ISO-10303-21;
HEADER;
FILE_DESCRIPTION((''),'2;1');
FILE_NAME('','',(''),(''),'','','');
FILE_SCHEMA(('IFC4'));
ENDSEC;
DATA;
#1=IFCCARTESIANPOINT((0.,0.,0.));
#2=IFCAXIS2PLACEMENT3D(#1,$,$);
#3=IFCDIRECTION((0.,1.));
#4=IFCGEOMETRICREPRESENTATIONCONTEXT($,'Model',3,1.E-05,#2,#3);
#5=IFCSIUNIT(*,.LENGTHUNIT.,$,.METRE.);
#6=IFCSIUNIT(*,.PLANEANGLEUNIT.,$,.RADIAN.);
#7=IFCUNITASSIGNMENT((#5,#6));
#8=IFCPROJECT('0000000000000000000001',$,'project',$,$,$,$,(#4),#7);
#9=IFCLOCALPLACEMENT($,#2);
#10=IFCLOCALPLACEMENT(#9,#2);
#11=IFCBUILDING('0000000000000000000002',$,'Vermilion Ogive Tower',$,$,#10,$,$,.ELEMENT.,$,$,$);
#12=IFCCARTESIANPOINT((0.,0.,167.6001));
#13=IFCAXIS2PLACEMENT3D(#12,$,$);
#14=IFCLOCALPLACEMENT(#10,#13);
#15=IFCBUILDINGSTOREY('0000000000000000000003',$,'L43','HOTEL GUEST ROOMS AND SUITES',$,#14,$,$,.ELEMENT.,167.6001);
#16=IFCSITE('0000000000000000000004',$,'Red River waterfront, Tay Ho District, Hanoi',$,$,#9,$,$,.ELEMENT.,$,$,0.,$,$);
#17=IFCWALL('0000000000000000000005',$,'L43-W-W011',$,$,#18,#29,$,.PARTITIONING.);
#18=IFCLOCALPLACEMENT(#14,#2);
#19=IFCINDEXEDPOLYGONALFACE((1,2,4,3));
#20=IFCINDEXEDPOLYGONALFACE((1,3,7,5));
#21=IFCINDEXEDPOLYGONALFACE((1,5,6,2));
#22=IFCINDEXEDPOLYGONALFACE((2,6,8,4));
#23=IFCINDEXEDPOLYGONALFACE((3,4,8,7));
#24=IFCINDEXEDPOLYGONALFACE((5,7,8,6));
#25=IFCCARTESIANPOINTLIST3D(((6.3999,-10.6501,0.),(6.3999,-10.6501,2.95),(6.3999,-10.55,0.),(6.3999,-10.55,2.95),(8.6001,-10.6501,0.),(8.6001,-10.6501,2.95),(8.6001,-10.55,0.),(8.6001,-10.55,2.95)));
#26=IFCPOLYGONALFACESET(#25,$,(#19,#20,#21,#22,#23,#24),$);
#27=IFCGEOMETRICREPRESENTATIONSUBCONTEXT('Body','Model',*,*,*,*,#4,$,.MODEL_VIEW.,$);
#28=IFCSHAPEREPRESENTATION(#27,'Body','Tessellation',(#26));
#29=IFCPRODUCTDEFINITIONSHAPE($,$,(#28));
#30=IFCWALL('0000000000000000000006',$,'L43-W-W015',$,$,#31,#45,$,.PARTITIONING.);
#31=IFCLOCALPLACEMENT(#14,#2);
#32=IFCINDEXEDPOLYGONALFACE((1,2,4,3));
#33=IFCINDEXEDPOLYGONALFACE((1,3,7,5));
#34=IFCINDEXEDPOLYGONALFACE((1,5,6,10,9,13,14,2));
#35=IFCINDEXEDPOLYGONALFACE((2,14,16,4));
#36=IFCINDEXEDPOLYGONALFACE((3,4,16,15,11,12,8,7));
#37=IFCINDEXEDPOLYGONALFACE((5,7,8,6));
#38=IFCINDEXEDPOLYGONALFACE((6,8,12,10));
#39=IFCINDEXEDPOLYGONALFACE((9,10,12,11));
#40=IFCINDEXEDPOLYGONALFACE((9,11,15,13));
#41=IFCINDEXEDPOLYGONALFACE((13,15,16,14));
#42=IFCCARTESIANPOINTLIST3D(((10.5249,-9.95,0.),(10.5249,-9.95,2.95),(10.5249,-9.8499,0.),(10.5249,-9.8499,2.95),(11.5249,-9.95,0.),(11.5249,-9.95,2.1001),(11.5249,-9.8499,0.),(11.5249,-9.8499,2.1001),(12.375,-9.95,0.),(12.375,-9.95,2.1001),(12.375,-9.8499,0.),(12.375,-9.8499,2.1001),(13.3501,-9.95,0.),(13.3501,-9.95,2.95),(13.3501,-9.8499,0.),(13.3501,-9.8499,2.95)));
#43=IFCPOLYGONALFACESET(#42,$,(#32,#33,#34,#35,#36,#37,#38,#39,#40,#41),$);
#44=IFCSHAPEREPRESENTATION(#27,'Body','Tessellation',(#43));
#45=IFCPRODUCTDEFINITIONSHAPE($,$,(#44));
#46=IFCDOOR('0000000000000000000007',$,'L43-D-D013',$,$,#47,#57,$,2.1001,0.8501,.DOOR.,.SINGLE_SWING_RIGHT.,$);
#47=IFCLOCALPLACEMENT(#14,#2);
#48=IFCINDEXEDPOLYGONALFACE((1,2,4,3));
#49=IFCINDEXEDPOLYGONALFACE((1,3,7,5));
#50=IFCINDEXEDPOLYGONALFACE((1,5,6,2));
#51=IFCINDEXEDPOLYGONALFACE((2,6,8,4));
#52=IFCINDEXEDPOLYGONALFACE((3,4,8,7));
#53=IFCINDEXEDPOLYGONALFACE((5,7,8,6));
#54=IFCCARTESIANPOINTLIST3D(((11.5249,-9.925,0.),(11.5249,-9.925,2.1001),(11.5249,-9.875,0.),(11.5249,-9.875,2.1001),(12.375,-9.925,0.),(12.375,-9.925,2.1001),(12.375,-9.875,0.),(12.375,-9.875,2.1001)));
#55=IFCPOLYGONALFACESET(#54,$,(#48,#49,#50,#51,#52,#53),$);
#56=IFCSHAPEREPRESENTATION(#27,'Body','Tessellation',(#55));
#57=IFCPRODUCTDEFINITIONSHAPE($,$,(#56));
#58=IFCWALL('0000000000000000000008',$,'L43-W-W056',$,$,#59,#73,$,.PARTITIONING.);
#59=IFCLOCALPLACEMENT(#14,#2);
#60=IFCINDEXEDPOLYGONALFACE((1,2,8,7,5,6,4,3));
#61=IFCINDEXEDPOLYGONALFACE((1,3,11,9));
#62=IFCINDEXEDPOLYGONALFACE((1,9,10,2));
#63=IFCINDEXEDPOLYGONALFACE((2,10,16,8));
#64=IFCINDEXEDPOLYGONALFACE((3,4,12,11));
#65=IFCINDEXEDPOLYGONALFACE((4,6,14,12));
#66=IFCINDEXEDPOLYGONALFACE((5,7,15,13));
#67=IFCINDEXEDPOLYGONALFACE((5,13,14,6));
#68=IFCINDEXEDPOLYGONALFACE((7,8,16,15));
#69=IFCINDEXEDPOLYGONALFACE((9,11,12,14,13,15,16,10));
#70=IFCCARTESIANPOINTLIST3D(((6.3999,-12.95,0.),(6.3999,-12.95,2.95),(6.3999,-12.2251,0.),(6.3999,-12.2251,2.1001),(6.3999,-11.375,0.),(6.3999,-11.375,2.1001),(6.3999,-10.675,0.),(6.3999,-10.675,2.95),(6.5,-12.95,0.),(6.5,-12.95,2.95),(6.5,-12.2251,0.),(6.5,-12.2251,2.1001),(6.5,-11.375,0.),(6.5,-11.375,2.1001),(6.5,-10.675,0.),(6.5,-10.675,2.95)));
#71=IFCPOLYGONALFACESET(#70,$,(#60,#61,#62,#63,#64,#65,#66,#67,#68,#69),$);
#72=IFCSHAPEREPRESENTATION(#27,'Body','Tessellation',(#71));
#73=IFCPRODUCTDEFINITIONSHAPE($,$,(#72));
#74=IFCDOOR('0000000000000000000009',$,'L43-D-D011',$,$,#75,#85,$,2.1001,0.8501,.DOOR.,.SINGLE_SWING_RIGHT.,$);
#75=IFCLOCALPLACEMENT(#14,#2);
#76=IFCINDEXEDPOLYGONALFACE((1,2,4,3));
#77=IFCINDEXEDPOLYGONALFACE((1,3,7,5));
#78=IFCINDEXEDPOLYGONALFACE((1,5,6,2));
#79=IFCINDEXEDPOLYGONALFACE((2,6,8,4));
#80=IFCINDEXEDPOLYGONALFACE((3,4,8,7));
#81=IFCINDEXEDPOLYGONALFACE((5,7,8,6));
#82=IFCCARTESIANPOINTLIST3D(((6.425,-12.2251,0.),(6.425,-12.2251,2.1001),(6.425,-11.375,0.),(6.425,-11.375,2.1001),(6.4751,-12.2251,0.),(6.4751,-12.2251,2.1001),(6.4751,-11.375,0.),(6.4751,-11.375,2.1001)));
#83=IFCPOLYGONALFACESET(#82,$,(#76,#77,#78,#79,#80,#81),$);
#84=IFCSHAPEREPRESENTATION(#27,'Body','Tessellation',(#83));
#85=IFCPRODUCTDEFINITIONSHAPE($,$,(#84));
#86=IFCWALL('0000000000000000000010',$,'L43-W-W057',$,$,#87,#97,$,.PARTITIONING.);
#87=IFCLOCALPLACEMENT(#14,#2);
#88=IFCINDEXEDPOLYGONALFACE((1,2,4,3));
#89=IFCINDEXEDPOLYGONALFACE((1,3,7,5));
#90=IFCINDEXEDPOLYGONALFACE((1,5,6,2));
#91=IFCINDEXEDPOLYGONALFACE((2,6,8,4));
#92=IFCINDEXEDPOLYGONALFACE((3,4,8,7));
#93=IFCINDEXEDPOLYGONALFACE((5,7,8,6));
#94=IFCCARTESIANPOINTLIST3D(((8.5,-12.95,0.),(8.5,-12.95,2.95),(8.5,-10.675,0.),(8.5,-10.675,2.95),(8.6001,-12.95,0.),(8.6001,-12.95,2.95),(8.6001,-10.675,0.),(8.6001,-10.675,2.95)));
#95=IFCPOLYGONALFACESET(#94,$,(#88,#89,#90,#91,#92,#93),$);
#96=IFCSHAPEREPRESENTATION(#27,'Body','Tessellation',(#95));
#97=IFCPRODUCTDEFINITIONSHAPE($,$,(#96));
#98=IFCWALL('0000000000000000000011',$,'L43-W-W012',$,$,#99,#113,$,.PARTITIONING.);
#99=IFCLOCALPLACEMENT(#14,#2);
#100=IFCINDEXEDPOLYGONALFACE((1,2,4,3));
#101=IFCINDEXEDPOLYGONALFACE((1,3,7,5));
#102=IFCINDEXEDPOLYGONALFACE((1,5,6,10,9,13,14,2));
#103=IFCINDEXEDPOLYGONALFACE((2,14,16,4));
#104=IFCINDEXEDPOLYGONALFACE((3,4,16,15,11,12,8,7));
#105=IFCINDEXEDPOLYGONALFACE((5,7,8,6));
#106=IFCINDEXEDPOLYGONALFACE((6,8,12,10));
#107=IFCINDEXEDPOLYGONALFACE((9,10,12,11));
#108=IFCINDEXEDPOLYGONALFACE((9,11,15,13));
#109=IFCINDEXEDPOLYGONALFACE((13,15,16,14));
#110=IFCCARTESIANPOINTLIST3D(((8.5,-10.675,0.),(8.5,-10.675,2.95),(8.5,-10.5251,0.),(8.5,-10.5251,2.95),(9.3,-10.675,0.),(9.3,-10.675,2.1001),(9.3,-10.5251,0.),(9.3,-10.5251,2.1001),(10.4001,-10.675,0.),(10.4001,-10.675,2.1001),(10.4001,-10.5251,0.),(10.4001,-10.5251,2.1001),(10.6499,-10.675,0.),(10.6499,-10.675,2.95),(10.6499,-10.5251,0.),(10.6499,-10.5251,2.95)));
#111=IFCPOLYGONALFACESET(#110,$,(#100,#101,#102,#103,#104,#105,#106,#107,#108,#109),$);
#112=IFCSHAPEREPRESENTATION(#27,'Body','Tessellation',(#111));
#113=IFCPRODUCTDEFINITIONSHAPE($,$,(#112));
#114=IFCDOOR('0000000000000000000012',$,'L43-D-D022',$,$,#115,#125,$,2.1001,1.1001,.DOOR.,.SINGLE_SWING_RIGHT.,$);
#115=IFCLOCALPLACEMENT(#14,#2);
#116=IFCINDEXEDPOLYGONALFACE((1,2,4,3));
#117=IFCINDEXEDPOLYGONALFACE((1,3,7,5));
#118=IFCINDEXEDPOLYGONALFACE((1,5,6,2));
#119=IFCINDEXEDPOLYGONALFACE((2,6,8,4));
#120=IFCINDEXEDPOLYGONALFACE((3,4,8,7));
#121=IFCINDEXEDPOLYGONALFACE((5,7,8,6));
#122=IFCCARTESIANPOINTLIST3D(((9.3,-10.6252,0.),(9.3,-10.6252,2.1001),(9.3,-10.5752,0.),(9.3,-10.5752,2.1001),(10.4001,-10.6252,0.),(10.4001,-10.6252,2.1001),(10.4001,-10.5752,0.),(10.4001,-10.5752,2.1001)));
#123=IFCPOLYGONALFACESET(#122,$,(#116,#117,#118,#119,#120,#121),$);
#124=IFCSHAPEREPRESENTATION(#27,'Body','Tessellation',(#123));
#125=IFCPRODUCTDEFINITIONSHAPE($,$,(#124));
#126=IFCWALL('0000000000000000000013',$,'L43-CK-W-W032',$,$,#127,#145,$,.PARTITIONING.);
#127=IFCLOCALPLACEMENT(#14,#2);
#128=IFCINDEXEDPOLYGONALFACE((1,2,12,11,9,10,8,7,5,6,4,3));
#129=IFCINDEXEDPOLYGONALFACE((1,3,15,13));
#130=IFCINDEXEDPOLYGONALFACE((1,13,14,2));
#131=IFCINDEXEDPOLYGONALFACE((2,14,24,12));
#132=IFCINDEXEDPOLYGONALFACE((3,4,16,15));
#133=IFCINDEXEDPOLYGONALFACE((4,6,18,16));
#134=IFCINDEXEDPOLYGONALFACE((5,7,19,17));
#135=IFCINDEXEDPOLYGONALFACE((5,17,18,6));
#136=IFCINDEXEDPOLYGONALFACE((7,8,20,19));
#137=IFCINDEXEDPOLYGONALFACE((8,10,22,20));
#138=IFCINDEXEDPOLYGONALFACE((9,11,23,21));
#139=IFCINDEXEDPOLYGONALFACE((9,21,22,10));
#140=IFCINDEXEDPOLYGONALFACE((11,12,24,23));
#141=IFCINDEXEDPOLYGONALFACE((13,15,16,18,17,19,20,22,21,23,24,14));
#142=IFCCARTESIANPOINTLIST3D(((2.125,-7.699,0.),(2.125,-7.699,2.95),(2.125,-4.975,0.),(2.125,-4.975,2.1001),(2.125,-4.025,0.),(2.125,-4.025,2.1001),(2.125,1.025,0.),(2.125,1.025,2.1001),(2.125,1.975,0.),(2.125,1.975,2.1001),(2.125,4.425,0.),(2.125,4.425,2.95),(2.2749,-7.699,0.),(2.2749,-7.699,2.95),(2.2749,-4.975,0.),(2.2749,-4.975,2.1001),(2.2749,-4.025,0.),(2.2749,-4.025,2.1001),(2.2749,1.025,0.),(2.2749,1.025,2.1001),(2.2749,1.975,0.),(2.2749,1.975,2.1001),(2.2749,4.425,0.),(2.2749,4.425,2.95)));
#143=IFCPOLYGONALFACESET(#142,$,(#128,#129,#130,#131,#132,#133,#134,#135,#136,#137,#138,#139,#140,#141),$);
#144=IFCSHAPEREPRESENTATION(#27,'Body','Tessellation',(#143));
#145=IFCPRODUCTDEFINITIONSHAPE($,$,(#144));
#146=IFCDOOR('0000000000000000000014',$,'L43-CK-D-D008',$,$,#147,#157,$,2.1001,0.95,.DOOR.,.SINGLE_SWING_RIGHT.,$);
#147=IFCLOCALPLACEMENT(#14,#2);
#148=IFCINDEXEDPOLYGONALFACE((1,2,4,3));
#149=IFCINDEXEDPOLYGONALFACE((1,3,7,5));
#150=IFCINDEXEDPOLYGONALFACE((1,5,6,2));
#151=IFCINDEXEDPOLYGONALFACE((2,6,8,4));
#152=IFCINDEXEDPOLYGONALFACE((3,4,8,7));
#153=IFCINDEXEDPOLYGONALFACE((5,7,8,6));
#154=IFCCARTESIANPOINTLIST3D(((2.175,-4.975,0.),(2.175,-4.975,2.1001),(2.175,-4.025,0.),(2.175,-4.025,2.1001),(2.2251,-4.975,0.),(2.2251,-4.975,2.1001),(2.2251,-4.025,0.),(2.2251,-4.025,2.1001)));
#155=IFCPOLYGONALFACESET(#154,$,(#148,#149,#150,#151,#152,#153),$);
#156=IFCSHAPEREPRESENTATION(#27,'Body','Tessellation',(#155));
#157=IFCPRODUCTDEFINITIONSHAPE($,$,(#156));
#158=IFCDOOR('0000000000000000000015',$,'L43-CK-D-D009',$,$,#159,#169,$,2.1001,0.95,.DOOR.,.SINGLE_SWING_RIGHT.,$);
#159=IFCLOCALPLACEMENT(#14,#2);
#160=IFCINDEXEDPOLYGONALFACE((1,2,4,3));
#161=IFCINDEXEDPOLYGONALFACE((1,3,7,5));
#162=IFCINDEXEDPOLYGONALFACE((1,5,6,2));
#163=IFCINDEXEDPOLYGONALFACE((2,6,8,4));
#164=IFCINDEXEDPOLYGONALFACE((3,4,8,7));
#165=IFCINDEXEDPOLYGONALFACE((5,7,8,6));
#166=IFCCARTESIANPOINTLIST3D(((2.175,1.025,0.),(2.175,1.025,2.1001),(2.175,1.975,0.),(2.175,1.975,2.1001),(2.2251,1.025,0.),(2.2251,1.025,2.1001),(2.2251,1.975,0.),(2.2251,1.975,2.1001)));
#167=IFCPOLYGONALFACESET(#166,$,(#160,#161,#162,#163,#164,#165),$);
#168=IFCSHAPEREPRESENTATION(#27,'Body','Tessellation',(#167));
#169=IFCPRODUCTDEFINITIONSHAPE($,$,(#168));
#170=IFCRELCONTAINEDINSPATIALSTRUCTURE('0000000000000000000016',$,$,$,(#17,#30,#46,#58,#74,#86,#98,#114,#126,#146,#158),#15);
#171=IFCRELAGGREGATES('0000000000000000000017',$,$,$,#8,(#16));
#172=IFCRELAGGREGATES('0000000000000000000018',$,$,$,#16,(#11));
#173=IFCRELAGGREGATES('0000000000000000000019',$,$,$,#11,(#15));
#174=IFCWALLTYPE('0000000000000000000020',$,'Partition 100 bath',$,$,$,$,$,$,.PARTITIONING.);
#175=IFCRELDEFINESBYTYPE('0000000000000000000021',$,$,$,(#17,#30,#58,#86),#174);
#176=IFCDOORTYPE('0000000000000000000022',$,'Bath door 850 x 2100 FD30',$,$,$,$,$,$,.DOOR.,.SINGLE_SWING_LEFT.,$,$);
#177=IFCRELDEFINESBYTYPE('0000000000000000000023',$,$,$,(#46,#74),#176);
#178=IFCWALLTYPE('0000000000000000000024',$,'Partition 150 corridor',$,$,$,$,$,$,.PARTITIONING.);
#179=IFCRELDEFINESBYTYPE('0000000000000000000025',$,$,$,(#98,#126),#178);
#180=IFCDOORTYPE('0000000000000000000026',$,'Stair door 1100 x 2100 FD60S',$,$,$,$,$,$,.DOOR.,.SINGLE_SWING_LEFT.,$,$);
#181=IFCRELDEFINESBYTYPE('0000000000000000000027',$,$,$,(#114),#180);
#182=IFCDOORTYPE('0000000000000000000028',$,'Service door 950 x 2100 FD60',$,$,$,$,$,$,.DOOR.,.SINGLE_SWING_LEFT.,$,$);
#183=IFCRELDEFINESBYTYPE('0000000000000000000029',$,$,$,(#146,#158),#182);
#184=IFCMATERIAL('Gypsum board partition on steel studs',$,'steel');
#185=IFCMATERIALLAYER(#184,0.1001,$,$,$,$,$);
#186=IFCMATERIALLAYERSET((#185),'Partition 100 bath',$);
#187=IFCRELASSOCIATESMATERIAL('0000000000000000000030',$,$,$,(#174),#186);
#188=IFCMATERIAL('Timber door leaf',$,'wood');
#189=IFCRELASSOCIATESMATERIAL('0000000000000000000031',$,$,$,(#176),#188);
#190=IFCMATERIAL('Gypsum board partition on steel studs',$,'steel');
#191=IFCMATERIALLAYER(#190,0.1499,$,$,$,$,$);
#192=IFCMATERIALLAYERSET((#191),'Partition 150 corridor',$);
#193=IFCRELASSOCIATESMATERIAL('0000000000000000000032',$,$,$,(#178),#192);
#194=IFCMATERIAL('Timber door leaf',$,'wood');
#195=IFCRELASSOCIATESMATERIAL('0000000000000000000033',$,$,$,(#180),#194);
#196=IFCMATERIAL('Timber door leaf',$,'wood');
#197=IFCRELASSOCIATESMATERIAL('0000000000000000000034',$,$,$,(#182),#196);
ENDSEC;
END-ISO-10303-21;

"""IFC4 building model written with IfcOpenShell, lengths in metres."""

from ifc_helpers import new_model, si_unit, direction, frame, frame_2d, origin, place, context, subcontext, project, spatial, rectangle, extrude, material, layer, layer_set, type_object, element, fill, save


model = new_model("IFC4")

# Units and contexts
model_context = context("Model", 3, precision=1e-05, world=origin(), true_north=direction((0.0, 1.0)))
body_context = subcontext(model_context, "Body", "Model", "MODEL_VIEW")
ifc_project = project(units=[si_unit("LENGTHUNIT", "METRE"), si_unit("PLANEANGLEUNIT", "RADIAN")], contexts=[model_context])

# Site, building, storey
site_placement = place(None, origin())
site = spatial("IfcSite", under=ifc_project, at=site_placement, Name="Red River waterfront, Tay Ho District, Hanoi", CompositionType="ELEMENT", RefElevation=0.0)
building_placement = place(site_placement, origin())
building = spatial("IfcBuilding", under=site, at=building_placement, Name="Vermilion Ogive Tower", CompositionType="ELEMENT")
storey_placement = place(building_placement, frame((0.0, 0.0, 167.6001)))
storey = spatial("IfcBuildingStorey", under=building, at=storey_placement, Name="L43", Description="HOTEL GUEST ROOMS AND SUITES", CompositionType="ELEMENT", Elevation=167.6001)

# Wall
ifc_material_1 = material(Name="Gypsum board partition on steel studs", Category="steel")
ifc_layer_1 = layer(ifc_material_1, 0.1001)
ifc_layer_set_1 = layer_set([ifc_layer_1], Name="Partition 100 bath")
wall_type_1 = type_object("IfcWallType", Name="Partition 100 bath", PredefinedType="PARTITIONING", material=ifc_layer_set_1)
for number, where, z_axis, x_axis, name in (
    (1, (6.3999, -10.6001, 0.0), (0.0, 0.0, 1.0), (1.0, 0.0, 0.0), "L43-W-W011"),
):
    element("IfcWall", number, at=place(storey_placement, frame(where, z_axis=z_axis, x_axis=x_axis)), inside=storey, type_object=wall_type_1, Name=name, PredefinedType="PARTITIONING", context=body_context, shape_type="SweptSolid", body=[
        extrude(rectangle(XDim=2.2002, YDim=0.1001, at=frame_2d((1.1001, 0.0))), origin(), (0.0, 0.0, 1.0), 2.95),
    ])

# Walls, openings, doors
wall_1_placement = place(storey_placement, frame((10.5249, -9.8999, 0.0), z_axis=(0.0, 0.0, 1.0), x_axis=(1.0, 0.0, 0.0)))
wall_1 = element("IfcWall", 2, at=wall_1_placement, inside=storey, type_object=wall_type_1, Name="L43-W-W015", PredefinedType="PARTITIONING", context=body_context, shape_type="SweptSolid", body=[
    extrude(rectangle(XDim=2.8252, YDim=0.1001, at=frame_2d((1.4126, 0.0))), origin(), (0.0, 0.0, 1.0), 2.95),
])
opening_1_placement = place(wall_1_placement, frame((1.0, 0.0, 0.0)))
opening_1 = element("IfcOpeningElement", 3, at=opening_1_placement, cuts=wall_1, PredefinedType="OPENING", context=body_context, shape_type="SweptSolid", body=[
    extrude(rectangle(XDim=0.8501, YDim=2.1001, at=frame_2d((0.425, 1.05))), frame((0.0, 0.0601, 0.0), z_axis=(0.0, -1.0, 0.0), x_axis=(1.0, 0.0, 0.0)), (0.0, 0.0, 1.0), 0.1201),
])
ifc_material_2 = material(Name="Timber door leaf", Category="wood")
door_type_1 = type_object("IfcDoorType", Name="Bath door 850 x 2100 FD30", OperationType="SINGLE_SWING_LEFT", PredefinedType="DOOR", material=ifc_material_2)
door_1_placement = place(opening_1_placement, origin())
door_1 = element("IfcDoor", 4, at=door_1_placement, inside=storey, type_object=door_type_1, Name="L43-D-D013", OperationType="SINGLE_SWING_RIGHT", OverallHeight=2.1001, OverallWidth=0.8501, PredefinedType="DOOR", context=body_context, shape_type="SweptSolid", body=[
    extrude(rectangle(XDim=0.8501, YDim=2.1001, at=frame_2d((0.425, 1.05))), frame((0.0, 0.0249, 0.0), z_axis=(0.0, -1.0, 0.0), x_axis=(1.0, 0.0, 0.0)), (0.0, 0.0, 1.0), 0.05),
])
fill(opening_1, door_1)
wall_2_placement = place(storey_placement, frame((6.45, -12.95, 0.0), z_axis=(0.0, 0.0, 1.0), x_axis=(0.0, 1.0, 0.0)))
wall_2 = element("IfcWall", 5, at=wall_2_placement, inside=storey, type_object=wall_type_1, Name="L43-W-W056", PredefinedType="PARTITIONING", context=body_context, shape_type="SweptSolid", body=[
    extrude(rectangle(XDim=2.2749, YDim=0.1001, at=frame_2d((1.1375, 0.0))), origin(), (0.0, 0.0, 1.0), 2.95),
])
opening_2_placement = place(wall_2_placement, frame((0.7249, 0.0, 0.0)))
opening_2 = element("IfcOpeningElement", 6, at=opening_2_placement, cuts=wall_2, PredefinedType="OPENING", context=body_context, shape_type="SweptSolid", body=[
    extrude(rectangle(XDim=0.8501, YDim=2.1001, at=frame_2d((0.425, 1.05))), frame((0.0, 0.0601, 0.0), z_axis=(0.0, -1.0, 0.0), x_axis=(1.0, 0.0, 0.0)), (0.0, 0.0, 1.0), 0.1201),
])
door_2_placement = place(opening_2_placement, origin())
door_2 = element("IfcDoor", 7, at=door_2_placement, inside=storey, type_object=door_type_1, Name="L43-D-D011", OperationType="SINGLE_SWING_RIGHT", OverallHeight=2.1001, OverallWidth=0.8501, PredefinedType="DOOR", context=body_context, shape_type="SweptSolid", body=[
    extrude(rectangle(XDim=0.8501, YDim=2.1001, at=frame_2d((0.425, 1.05))), frame((0.0, 0.0249, 0.0), z_axis=(0.0, -1.0, 0.0), x_axis=(1.0, 0.0, 0.0)), (0.0, 0.0, 1.0), 0.05),
])
fill(opening_2, door_2)

# Wall
wall_3_placement = place(storey_placement, frame((8.55, -12.95, 0.0), z_axis=(0.0, 0.0, 1.0), x_axis=(0.0, 1.0, 0.0)))
element("IfcWall", 8, at=wall_3_placement, inside=storey, type_object=wall_type_1, Name="L43-W-W057", PredefinedType="PARTITIONING", context=body_context, shape_type="SweptSolid", body=[
    extrude(rectangle(XDim=2.2749, YDim=0.1001, at=frame_2d((1.1375, 0.0))), origin(), (0.0, 0.0, 1.0), 2.95),
])

# Wall, opening, door
ifc_material_3 = material(Name="Gypsum board partition on steel studs", Category="steel")
ifc_layer_2 = layer(ifc_material_3, 0.1499)
ifc_layer_set_2 = layer_set([ifc_layer_2], Name="Partition 150 corridor")
wall_type_2 = type_object("IfcWallType", Name="Partition 150 corridor", PredefinedType="PARTITIONING", material=ifc_layer_set_2)
wall_4_placement = place(storey_placement, frame((8.5, -10.6001, 0.0), z_axis=(0.0, 0.0, 1.0), x_axis=(1.0, 0.0, 0.0)))
wall_4 = element("IfcWall", 9, at=wall_4_placement, inside=storey, type_object=wall_type_2, Name="L43-W-W012", PredefinedType="PARTITIONING", context=body_context, shape_type="SweptSolid", body=[
    extrude(rectangle(XDim=2.1499, YDim=0.1499, at=frame_2d((1.075, 0.0))), origin(), (0.0, 0.0, 1.0), 2.95),
])
opening_3_placement = place(wall_4_placement, frame((0.8, 0.0, 0.0)))
opening_3 = element("IfcOpeningElement", 10, at=opening_3_placement, cuts=wall_4, PredefinedType="OPENING", context=body_context, shape_type="SweptSolid", body=[
    extrude(rectangle(XDim=1.1001, YDim=2.1001, at=frame_2d((0.55, 1.05))), frame((0.0, 0.085, 0.0), z_axis=(0.0, -1.0, 0.0), x_axis=(1.0, 0.0, 0.0)), (0.0, 0.0, 1.0), 0.1699),
])
ifc_material_4 = material(Name="Timber door leaf", Category="wood")
door_type_2 = type_object("IfcDoorType", Name="Stair door 1100 x 2100 FD60S", OperationType="SINGLE_SWING_LEFT", PredefinedType="DOOR", material=ifc_material_4)
door_3_placement = place(opening_3_placement, origin())
door_3 = element("IfcDoor", 11, at=door_3_placement, inside=storey, type_object=door_type_2, Name="L43-D-D022", OperationType="SINGLE_SWING_RIGHT", OverallHeight=2.1001, OverallWidth=1.1001, PredefinedType="DOOR", context=body_context, shape_type="SweptSolid", body=[
    extrude(rectangle(XDim=1.1001, YDim=2.1001, at=frame_2d((0.55, 1.05))), frame((0.0, 0.0249, 0.0), z_axis=(0.0, -1.0, 0.0), x_axis=(1.0, 0.0, 0.0)), (0.0, 0.0, 1.0), 0.05),
])
fill(opening_3, door_3)

# Wall, openings, doors
wall_5_placement = place(storey_placement, frame((2.2, -7.699, 0.0), z_axis=(0.0, 0.0, 1.0), x_axis=(0.0, 1.0, 0.0)))
wall_5 = element("IfcWall", 12, at=wall_5_placement, inside=storey, type_object=wall_type_2, Name="L43-CK-W-W032", PredefinedType="PARTITIONING", context=body_context, shape_type="SweptSolid", body=[
    extrude(rectangle(XDim=12.124, YDim=0.1499, at=frame_2d((6.062, 0.0))), origin(), (0.0, 0.0, 1.0), 2.95),
])
opening_4_placement = place(wall_5_placement, frame((2.7239, 0.0, 0.0)))
opening_4 = element("IfcOpeningElement", 13, at=opening_4_placement, cuts=wall_5, PredefinedType="OPENING", context=body_context, shape_type="SweptSolid", body=[
    extrude(rectangle(XDim=0.95, YDim=2.1001, at=frame_2d((0.4751, 1.05))), frame((0.0, 0.085, 0.0), z_axis=(0.0, -1.0, 0.0), x_axis=(1.0, 0.0, 0.0)), (0.0, 0.0, 1.0), 0.1699),
])
opening_5_placement = place(wall_5_placement, frame((8.7239, 0.0, 0.0)))
opening_5 = element("IfcOpeningElement", 14, at=opening_5_placement, cuts=wall_5, PredefinedType="OPENING", context=body_context, shape_type="SweptSolid", body=[
    extrude(rectangle(XDim=0.95, YDim=2.1001, at=frame_2d((0.4751, 1.05))), frame((0.0, 0.085, 0.0), z_axis=(0.0, -1.0, 0.0), x_axis=(1.0, 0.0, 0.0)), (0.0, 0.0, 1.0), 0.1699),
])
ifc_material_5 = material(Name="Timber door leaf", Category="wood")
door_type_3 = type_object("IfcDoorType", Name="Service door 950 x 2100 FD60", OperationType="SINGLE_SWING_LEFT", PredefinedType="DOOR", material=ifc_material_5)
door_4_placement = place(opening_4_placement, origin())
door_4 = element("IfcDoor", 15, at=door_4_placement, inside=storey, type_object=door_type_3, Name="L43-CK-D-D008", OperationType="SINGLE_SWING_RIGHT", OverallHeight=2.1001, OverallWidth=0.95, PredefinedType="DOOR", context=body_context, shape_type="SweptSolid", body=[
    extrude(rectangle(XDim=0.95, YDim=2.1001, at=frame_2d((0.4751, 1.05))), frame((0.0, 0.0249, 0.0), z_axis=(0.0, -1.0, 0.0), x_axis=(1.0, 0.0, 0.0)), (0.0, 0.0, 1.0), 0.05),
])
fill(opening_4, door_4)
door_5_placement = place(opening_5_placement, origin())
door_5 = element("IfcDoor", 16, at=door_5_placement, inside=storey, type_object=door_type_3, Name="L43-CK-D-D009", OperationType="SINGLE_SWING_RIGHT", OverallHeight=2.1001, OverallWidth=0.95, PredefinedType="DOOR", context=body_context, shape_type="SweptSolid", body=[
    extrude(rectangle(XDim=0.95, YDim=2.1001, at=frame_2d((0.4751, 1.05))), frame((0.0, 0.0249, 0.0), z_axis=(0.0, -1.0, 0.0), x_axis=(1.0, 0.0, 0.0)), (0.0, 0.0, 1.0), 0.05),
])
fill(opening_5, door_5)

save(model, "model.ifc")
